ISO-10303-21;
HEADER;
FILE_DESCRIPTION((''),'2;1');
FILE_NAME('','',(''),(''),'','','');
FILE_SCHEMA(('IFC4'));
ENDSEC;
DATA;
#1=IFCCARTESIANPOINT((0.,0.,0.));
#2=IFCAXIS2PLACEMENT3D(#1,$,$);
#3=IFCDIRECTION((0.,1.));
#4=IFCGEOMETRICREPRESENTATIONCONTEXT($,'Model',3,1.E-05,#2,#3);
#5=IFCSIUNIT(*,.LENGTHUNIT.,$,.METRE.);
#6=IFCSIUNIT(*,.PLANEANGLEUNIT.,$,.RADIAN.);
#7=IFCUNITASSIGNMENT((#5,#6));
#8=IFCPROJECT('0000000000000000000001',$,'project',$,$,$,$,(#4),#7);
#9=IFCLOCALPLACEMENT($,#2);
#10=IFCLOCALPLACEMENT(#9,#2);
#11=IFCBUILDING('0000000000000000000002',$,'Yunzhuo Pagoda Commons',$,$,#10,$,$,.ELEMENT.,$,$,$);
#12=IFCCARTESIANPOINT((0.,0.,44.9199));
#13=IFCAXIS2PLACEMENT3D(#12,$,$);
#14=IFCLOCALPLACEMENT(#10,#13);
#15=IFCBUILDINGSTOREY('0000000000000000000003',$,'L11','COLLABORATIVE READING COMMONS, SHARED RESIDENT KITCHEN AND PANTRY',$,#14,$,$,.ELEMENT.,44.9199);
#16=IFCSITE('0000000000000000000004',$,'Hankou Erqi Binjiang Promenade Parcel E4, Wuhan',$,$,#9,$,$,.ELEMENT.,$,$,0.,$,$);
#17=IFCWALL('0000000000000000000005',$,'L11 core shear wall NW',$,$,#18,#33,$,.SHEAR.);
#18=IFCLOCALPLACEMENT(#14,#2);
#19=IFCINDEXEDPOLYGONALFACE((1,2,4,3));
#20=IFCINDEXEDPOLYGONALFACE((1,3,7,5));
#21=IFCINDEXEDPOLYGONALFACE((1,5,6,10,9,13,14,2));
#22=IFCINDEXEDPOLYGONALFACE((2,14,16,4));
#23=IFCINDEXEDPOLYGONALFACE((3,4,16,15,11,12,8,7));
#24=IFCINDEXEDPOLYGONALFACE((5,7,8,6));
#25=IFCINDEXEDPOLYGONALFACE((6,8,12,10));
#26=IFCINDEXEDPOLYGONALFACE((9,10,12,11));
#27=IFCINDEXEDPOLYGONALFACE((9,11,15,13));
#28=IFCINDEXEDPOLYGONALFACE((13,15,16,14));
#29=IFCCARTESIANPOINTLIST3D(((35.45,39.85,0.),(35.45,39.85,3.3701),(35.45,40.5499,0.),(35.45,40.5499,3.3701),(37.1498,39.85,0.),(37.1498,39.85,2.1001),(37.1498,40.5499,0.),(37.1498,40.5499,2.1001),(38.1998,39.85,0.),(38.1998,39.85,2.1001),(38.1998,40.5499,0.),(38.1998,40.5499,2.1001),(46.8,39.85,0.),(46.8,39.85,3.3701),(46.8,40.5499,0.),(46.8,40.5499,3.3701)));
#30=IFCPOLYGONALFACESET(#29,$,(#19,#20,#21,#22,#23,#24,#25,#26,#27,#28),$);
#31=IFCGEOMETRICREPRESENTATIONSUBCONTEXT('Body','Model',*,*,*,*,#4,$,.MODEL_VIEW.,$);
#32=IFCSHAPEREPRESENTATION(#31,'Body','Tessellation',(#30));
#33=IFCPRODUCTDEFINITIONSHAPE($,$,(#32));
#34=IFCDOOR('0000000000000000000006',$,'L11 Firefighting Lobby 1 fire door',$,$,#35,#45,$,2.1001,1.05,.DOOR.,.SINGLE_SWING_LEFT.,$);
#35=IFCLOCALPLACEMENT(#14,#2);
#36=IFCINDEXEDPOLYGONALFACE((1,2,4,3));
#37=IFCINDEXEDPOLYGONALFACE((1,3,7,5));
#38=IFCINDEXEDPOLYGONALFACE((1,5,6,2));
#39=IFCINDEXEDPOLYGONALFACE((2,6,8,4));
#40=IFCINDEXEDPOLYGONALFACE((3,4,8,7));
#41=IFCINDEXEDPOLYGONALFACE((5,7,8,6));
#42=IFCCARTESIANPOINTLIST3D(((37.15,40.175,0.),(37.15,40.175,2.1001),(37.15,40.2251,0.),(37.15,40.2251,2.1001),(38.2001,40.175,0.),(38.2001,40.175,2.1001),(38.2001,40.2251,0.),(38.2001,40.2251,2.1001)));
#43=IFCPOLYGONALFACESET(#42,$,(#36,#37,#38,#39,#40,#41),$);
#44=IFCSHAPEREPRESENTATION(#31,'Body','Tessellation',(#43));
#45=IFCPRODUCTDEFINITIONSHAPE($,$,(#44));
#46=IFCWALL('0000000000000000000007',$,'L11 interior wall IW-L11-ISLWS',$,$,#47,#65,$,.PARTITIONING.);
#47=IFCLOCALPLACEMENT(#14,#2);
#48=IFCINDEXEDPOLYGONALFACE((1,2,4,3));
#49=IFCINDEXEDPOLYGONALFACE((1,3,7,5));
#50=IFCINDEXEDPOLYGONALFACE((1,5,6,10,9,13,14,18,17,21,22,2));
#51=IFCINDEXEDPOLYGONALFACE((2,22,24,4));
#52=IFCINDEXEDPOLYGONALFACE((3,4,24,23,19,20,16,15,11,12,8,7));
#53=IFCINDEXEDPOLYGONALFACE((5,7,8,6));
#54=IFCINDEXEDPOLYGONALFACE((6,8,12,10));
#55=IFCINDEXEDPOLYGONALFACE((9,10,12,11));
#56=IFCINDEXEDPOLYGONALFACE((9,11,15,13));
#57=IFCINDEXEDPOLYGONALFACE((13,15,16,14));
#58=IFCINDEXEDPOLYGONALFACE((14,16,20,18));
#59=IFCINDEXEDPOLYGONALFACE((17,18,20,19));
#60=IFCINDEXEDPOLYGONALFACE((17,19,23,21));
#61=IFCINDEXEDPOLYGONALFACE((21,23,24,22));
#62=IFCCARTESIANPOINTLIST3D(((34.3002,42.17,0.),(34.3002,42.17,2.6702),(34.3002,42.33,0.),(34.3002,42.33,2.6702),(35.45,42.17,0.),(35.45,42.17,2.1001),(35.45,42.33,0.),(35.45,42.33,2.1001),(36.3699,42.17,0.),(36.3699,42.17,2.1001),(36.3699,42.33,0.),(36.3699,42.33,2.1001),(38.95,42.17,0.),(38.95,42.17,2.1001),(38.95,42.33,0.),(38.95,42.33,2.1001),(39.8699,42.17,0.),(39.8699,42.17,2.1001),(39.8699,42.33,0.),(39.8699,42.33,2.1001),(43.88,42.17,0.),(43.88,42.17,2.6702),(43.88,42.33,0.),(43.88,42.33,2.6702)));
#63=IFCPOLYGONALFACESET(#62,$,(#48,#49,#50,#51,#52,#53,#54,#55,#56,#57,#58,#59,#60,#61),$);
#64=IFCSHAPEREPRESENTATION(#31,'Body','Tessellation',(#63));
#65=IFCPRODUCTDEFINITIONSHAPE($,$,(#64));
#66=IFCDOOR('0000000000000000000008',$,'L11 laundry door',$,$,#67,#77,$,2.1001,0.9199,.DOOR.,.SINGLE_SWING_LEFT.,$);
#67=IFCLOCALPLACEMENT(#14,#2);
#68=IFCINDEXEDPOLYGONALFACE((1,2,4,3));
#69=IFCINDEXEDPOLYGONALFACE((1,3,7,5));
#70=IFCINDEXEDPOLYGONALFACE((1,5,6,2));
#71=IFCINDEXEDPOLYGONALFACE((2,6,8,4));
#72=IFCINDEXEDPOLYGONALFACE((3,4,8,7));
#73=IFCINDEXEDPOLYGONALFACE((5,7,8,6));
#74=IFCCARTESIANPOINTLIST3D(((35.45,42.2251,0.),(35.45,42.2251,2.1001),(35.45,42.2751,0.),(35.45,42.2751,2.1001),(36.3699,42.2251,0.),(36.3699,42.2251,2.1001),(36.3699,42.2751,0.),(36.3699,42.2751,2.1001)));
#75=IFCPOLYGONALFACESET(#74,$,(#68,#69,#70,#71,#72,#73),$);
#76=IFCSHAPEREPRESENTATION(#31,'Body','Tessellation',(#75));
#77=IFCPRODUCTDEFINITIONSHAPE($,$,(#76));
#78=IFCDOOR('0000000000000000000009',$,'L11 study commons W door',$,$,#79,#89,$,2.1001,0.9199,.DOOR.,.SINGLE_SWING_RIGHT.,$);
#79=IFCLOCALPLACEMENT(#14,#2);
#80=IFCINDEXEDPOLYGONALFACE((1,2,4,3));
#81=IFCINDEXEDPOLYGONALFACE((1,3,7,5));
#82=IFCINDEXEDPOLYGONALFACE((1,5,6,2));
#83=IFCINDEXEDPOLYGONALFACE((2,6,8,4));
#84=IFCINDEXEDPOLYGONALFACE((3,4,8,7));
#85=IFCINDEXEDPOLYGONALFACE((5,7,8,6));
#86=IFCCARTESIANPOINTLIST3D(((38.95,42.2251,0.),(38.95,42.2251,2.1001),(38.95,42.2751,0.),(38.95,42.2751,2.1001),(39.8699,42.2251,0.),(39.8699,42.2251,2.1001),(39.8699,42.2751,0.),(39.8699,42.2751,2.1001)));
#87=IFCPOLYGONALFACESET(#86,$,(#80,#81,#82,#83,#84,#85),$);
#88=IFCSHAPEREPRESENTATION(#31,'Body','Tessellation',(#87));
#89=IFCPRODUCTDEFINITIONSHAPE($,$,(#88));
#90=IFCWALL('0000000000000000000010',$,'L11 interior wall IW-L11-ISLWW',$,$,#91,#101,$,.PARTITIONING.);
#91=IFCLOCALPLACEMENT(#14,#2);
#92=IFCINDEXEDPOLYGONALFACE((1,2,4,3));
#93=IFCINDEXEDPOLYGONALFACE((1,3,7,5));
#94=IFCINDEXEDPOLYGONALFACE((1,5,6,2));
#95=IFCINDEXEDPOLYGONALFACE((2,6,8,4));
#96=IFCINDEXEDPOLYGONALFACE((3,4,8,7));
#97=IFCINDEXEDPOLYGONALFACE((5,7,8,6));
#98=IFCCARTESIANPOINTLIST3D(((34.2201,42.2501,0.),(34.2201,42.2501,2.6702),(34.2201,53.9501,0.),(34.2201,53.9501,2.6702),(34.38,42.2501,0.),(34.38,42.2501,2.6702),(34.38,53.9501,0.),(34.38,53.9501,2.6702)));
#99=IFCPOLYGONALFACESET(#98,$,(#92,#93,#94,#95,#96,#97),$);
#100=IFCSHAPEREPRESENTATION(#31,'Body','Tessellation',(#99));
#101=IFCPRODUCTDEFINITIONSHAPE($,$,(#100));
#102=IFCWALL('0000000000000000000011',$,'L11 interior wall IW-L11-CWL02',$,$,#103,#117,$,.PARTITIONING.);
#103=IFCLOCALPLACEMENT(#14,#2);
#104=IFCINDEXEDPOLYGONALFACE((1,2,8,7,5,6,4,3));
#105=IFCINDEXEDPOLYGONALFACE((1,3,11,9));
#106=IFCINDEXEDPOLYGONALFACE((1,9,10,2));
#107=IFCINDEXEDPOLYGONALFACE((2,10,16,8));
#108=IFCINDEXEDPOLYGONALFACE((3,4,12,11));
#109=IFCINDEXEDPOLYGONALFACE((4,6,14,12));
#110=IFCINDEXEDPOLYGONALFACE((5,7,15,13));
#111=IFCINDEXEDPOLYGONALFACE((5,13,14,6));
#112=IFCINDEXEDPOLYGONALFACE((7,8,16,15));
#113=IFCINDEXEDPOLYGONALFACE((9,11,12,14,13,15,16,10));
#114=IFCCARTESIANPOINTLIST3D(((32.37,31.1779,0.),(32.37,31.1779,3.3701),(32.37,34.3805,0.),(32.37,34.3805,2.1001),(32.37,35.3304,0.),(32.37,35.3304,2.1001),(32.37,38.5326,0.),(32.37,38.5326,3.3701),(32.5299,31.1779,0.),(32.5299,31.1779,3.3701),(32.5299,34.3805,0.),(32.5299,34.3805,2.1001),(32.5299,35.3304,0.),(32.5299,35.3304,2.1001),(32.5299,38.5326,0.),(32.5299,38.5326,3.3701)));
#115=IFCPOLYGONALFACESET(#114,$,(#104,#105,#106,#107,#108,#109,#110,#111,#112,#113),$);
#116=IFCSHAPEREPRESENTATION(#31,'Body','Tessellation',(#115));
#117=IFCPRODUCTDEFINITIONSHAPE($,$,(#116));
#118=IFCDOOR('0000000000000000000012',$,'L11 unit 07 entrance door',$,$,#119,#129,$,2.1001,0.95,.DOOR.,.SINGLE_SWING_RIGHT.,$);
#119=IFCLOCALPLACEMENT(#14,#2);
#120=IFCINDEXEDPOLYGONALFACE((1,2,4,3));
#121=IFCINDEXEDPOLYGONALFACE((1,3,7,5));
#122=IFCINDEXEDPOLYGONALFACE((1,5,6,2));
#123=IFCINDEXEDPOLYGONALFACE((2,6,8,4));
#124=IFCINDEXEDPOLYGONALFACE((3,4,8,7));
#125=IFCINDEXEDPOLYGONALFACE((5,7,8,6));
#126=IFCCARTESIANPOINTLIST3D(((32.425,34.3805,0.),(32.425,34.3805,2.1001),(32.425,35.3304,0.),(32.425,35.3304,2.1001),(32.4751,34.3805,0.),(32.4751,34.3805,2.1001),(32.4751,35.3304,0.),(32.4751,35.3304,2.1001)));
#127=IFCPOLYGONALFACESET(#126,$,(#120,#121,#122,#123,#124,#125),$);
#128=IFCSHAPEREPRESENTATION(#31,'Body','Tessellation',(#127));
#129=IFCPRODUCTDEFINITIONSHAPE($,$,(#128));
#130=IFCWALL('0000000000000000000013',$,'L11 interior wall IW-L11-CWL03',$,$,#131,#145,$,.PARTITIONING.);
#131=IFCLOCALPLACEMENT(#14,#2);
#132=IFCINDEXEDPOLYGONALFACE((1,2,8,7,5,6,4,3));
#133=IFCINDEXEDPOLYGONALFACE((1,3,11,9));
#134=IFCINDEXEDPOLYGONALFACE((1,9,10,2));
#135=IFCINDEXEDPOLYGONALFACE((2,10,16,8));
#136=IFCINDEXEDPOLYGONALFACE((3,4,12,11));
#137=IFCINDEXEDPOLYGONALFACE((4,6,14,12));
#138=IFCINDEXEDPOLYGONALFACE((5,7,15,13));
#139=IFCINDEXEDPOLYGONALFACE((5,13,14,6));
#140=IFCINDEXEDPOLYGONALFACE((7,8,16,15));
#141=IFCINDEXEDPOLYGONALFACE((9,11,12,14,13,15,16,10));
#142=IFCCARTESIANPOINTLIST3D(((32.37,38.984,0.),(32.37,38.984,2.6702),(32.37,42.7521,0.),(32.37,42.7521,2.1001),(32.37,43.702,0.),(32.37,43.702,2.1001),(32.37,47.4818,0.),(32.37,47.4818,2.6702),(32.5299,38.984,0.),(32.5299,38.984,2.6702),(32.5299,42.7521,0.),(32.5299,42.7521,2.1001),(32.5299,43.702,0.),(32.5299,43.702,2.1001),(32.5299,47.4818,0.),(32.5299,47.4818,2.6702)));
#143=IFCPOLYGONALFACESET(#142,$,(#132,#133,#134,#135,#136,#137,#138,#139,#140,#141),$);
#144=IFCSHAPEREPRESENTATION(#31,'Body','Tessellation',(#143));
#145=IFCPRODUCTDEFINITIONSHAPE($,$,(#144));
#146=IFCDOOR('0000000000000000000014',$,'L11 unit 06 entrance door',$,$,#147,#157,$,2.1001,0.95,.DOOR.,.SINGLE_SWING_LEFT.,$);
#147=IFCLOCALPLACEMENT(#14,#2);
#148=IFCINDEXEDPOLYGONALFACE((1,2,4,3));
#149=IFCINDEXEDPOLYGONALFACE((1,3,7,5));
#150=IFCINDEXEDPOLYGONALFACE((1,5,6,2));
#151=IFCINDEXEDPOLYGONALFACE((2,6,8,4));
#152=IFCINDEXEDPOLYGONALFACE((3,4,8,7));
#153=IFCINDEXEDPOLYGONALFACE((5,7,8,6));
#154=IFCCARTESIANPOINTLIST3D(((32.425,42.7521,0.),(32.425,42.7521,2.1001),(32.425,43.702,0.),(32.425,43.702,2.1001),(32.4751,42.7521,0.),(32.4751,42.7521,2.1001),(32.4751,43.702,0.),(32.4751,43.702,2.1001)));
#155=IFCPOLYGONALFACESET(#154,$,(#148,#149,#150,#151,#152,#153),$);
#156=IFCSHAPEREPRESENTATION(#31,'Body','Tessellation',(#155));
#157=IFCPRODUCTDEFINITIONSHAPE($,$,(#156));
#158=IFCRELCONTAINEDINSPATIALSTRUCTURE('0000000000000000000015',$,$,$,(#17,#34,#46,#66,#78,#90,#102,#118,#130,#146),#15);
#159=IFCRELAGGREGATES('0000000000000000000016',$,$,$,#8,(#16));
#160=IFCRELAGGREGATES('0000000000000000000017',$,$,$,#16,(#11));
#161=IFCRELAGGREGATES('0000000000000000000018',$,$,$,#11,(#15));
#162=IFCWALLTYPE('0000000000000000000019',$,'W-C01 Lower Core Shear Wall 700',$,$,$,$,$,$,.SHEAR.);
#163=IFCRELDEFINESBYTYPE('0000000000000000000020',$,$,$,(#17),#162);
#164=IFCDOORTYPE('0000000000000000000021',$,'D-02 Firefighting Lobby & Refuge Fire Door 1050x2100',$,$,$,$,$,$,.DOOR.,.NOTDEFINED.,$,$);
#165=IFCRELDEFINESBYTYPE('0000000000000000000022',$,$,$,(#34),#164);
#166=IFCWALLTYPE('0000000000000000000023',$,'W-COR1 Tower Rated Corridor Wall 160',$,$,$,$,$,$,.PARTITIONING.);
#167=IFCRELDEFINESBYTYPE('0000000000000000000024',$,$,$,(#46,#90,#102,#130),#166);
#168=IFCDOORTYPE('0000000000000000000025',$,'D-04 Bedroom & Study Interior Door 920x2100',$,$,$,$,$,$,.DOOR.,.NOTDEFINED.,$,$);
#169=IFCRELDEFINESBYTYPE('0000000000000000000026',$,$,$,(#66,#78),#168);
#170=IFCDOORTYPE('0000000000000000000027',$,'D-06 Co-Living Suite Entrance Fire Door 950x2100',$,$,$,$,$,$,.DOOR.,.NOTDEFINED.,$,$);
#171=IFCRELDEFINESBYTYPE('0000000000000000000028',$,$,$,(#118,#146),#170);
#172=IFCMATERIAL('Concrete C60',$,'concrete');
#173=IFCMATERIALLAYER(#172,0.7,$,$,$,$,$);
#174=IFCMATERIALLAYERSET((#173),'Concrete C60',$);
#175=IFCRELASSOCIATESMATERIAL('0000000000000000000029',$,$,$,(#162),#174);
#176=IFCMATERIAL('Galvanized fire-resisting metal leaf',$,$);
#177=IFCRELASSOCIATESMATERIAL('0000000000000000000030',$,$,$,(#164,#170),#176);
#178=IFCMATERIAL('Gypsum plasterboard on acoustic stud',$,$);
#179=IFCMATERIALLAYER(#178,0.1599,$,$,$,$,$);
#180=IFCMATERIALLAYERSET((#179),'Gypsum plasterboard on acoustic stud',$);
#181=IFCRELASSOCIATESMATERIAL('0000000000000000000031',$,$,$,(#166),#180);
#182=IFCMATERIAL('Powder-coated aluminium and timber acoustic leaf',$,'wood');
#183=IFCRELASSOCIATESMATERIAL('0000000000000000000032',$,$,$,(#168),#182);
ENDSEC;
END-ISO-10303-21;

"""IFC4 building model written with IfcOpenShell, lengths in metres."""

from ifc_helpers import new_model, si_unit, direction, frame, frame_2d, origin, origin_with_axes, place, context, subcontext, project, spatial, rectangle, extrude, source, transform, mapped, material, layer, layer_set, type_object, element, fill, save


model = new_model("IFC4")

# Units and contexts
model_context = context("Model", 3, precision=1e-05, world=origin(), true_north=direction((0.0, 1.0)))
body_context = subcontext(model_context, "Body", "Model", "MODEL_VIEW")
ifc_project = project(units=[si_unit("LENGTHUNIT", "METRE"), si_unit("PLANEANGLEUNIT", "RADIAN")], contexts=[model_context])

# Site, building, storey
site_placement = place(None, origin())
site = spatial("IfcSite", under=ifc_project, at=site_placement, Name="Hankou Erqi Binjiang Promenade Parcel E4, Wuhan", CompositionType="ELEMENT", RefElevation=0.0)
building_placement = place(site_placement, origin())
building = spatial("IfcBuilding", under=site, at=building_placement, Name="Yunzhuo Pagoda Commons", CompositionType="ELEMENT")
storey_placement = place(building_placement, frame((0.0, 0.0, 44.9199)))
storey = spatial("IfcBuildingStorey", under=building, at=storey_placement, Name="L11", Description="COLLABORATIVE READING COMMONS, SHARED RESIDENT KITCHEN AND PANTRY", CompositionType="ELEMENT", Elevation=44.9199)

# Wall, opening, door
ifc_material_1 = material(Name="Concrete C60", Category="concrete")
ifc_layer_1 = layer(ifc_material_1, 0.7)
ifc_layer_set_1 = layer_set([ifc_layer_1], Name="Concrete C60")
wall_type_1 = type_object("IfcWallType", Name="W-C01 Lower Core Shear Wall 700", PredefinedType="SHEAR", material=ifc_layer_set_1)
wall_1_placement = place(storey_placement, frame((35.45, 40.2, 0.0), z_axis=(0.0, 0.0, 1.0), x_axis=(1.0, 0.0, 0.0)))
wall_1 = element("IfcWall", 1, at=wall_1_placement, inside=storey, type_object=wall_type_1, Name="L11 core shear wall NW", PredefinedType="SHEAR", context=body_context, shape_type="SweptSolid", body=[
    extrude(rectangle(XDim=11.3501, YDim=0.7, at=frame_2d((5.675, 0.0))), origin(), (0.0, 0.0, 1.0), 3.3701),
])
opening_1_placement = place(wall_1_placement, frame((1.7, 0.0, 0.0)))
opening_1 = element("IfcOpeningElement", 2, at=opening_1_placement, cuts=wall_1, PredefinedType="OPENING", context=body_context, shape_type="SweptSolid", body=[
    extrude(rectangle(XDim=1.05, YDim=2.1001, at=frame_2d((0.5249, 1.05))), frame((0.0, 0.3599, 0.0), z_axis=(0.0, -1.0, 0.0), x_axis=(1.0, 0.0, 0.0)), (0.0, 0.0, 1.0), 0.72),
])
ifc_material_2 = material(Name="Galvanized fire-resisting metal leaf")
door_type_1 = type_object("IfcDoorType", Name="D-02 Firefighting Lobby & Refuge Fire Door 1050x2100", OperationType="NOTDEFINED", PredefinedType="DOOR", material=ifc_material_2)
shared_shape_1 = source(origin(), body_context, "Body", "SweptSolid", [
    extrude(rectangle(XDim=1.05, YDim=2.1001, at=frame_2d((0.5249, 1.05))), frame((0.0, 0.0249, 0.0), z_axis=(0.0, -1.0, 0.0), x_axis=(1.0, 0.0, 0.0)), (0.0, 0.0, 1.0), 0.05),
])
door_1_placement = place(opening_1_placement, frame((1.05, 0.0, 0.0), z_axis=(0.0, 0.0, 1.0), x_axis=(-1.0, 0.0, 0.0)))
door_1 = element("IfcDoor", 3, at=door_1_placement, inside=storey, type_object=door_type_1, Name="L11 Firefighting Lobby 1 fire door", OperationType="SINGLE_SWING_LEFT", OverallHeight=2.1001, OverallWidth=1.05, PredefinedType="DOOR", context=body_context, shape_type="MappedRepresentation", body=[
    mapped(shared_shape_1, transform((0.0, 0.0, 0.0), scale=1.0)),
])
fill(opening_1, door_1)

# Wall, openings, doors
ifc_material_3 = material(Name="Gypsum plasterboard on acoustic stud")
ifc_layer_2 = layer(ifc_material_3, 0.1599)
ifc_layer_set_2 = layer_set([ifc_layer_2], Name="Gypsum plasterboard on acoustic stud")
wall_type_2 = type_object("IfcWallType", Name="W-COR1 Tower Rated Corridor Wall 160", PredefinedType="PARTITIONING", material=ifc_layer_set_2)
wall_2_placement = place(storey_placement, frame((34.3, 42.25, 0.0), z_axis=(0.0, 0.0, 1.0), x_axis=(1.0, 0.0, 0.0)))
wall_2 = element("IfcWall", 4, at=wall_2_placement, inside=storey, type_object=wall_type_2, Name="L11 interior wall IW-L11-ISLWS", PredefinedType="PARTITIONING", context=body_context, shape_type="SweptSolid", body=[
    extrude(rectangle(XDim=9.5798, YDim=0.1599, at=frame_2d((4.79, 0.0))), origin(), (0.0, 0.0, 1.0), 2.6702),
])
opening_2_placement = place(wall_2_placement, frame((1.1499, 0.0, 0.0)))
opening_2 = element("IfcOpeningElement", 5, at=opening_2_placement, cuts=wall_2, PredefinedType="OPENING", context=body_context, shape_type="SweptSolid", body=[
    extrude(rectangle(XDim=0.9199, YDim=2.1001, at=frame_2d((0.46, 1.05))), frame((0.0, 0.0898, 0.0), z_axis=(0.0, -1.0, 0.0), x_axis=(1.0, 0.0, 0.0)), (0.0, 0.0, 1.0), 0.1799),
])
opening_3_placement = place(wall_2_placement, frame((4.6499, 0.0, 0.0)))
opening_3 = element("IfcOpeningElement", 6, at=opening_3_placement, cuts=wall_2, PredefinedType="OPENING", context=body_context, shape_type="SweptSolid", body=[
    extrude(rectangle(XDim=0.9199, YDim=2.1001, at=frame_2d((0.46, 1.05))), frame((0.0, 0.0898, 0.0), z_axis=(0.0, -1.0, 0.0), x_axis=(1.0, 0.0, 0.0)), (0.0, 0.0, 1.0), 0.1799),
])
ifc_material_4 = material(Name="Powder-coated aluminium and timber acoustic leaf", Category="wood")
door_type_2 = type_object("IfcDoorType", Name="D-04 Bedroom & Study Interior Door 920x2100", OperationType="NOTDEFINED", PredefinedType="DOOR", material=ifc_material_4)
shared_shape_2 = source(origin(), body_context, "Body", "SweptSolid", [
    extrude(rectangle(XDim=0.9199, YDim=2.1001, at=frame_2d((0.46, 1.05))), frame((0.0, 0.0249, 0.0), z_axis=(0.0, -1.0, 0.0), x_axis=(1.0, 0.0, 0.0)), (0.0, 0.0, 1.0), 0.05),
])
door_2_placement = place(opening_2_placement, frame((0.9199, 0.0, 0.0), z_axis=(0.0, 0.0, 1.0), x_axis=(-1.0, 0.0, 0.0)))
door_2 = element("IfcDoor", 7, at=door_2_placement, inside=storey, type_object=door_type_2, Name="L11 laundry door", OperationType="SINGLE_SWING_LEFT", OverallHeight=2.1001, OverallWidth=0.9199, PredefinedType="DOOR", context=body_context, shape_type="MappedRepresentation", body=[
    mapped(shared_shape_2, transform((0.0, 0.0, 0.0), scale=1.0)),
])
fill(opening_2, door_2)
door_3_placement = place(opening_3_placement, frame((0.9199, 0.0, 0.0), z_axis=(0.0, 0.0, 1.0), x_axis=(-1.0, 0.0, 0.0)))
door_3 = element("IfcDoor", 8, at=door_3_placement, inside=storey, type_object=door_type_2, Name="L11 study commons W door", OperationType="SINGLE_SWING_RIGHT", OverallHeight=2.1001, OverallWidth=0.9199, PredefinedType="DOOR", context=body_context, shape_type="MappedRepresentation", body=[
    mapped(shared_shape_2, transform((0.0, 0.0, 0.0), scale=1.0)),
])
fill(opening_3, door_3)

# Wall
wall_3_placement = place(storey_placement, frame((34.3, 42.25, 0.0), z_axis=(0.0, 0.0, 1.0), x_axis=(0.0, 1.0, 0.0)))
element("IfcWall", 9, at=wall_3_placement, inside=storey, type_object=wall_type_2, Name="L11 interior wall IW-L11-ISLWW", PredefinedType="PARTITIONING", context=body_context, shape_type="SweptSolid", body=[
    extrude(rectangle(XDim=11.7, YDim=0.1599, at=frame_2d((5.8501, 0.0))), origin(), (0.0, 0.0, 1.0), 2.6702),
])

# Walls, openings, doors
wall_4_placement = place(storey_placement, frame((32.45, 31.178, 0.0), z_axis=(0.0, 0.0, 1.0), x_axis=(0.0, 1.0, 0.0)))
wall_4 = element("IfcWall", 10, at=wall_4_placement, inside=storey, type_object=wall_type_2, Name="L11 interior wall IW-L11-CWL02", PredefinedType="PARTITIONING", context=body_context, shape_type="SweptSolid", body=[
    extrude(rectangle(XDim=7.3547, YDim=0.1599, at=frame_2d((3.6772, 0.0))), origin(), (0.0, 0.0, 1.0), 3.3701),
])
opening_4_placement = place(wall_4_placement, frame((3.2024, 0.0, 0.0)))
opening_4 = element("IfcOpeningElement", 11, at=opening_4_placement, cuts=wall_4, PredefinedType="OPENING", context=body_context, shape_type="SweptSolid", body=[
    extrude(rectangle(XDim=0.95, YDim=2.1001, at=frame_2d((0.4751, 1.05))), frame((0.0, 0.0898, 0.0), z_axis=(0.0, -1.0, 0.0), x_axis=(1.0, 0.0, 0.0)), (0.0, 0.0, 1.0), 0.1799),
])
door_type_3 = type_object("IfcDoorType", Name="D-06 Co-Living Suite Entrance Fire Door 950x2100", OperationType="NOTDEFINED", PredefinedType="DOOR", material=ifc_material_2)
shared_shape_3 = source(origin(), body_context, "Body", "SweptSolid", [
    extrude(rectangle(XDim=0.95, YDim=2.1001, at=frame_2d((0.4751, 1.05))), frame((0.0, 0.0249, 0.0), z_axis=(0.0, -1.0, 0.0), x_axis=(1.0, 0.0, 0.0)), (0.0, 0.0, 1.0), 0.05),
])
door_4_placement = place(opening_4_placement, origin_with_axes())
door_4 = element("IfcDoor", 12, at=door_4_placement, inside=storey, type_object=door_type_3, Name="L11 unit 07 entrance door", OperationType="SINGLE_SWING_RIGHT", OverallHeight=2.1001, OverallWidth=0.95, PredefinedType="DOOR", context=body_context, shape_type="MappedRepresentation", body=[
    mapped(shared_shape_3, transform((0.0, 0.0, 0.0), scale=1.0)),
])
fill(opening_4, door_4)
wall_5_placement = place(storey_placement, frame((32.45, 38.9839, 0.0), z_axis=(0.0, 0.0, 1.0), x_axis=(0.0, 1.0, 0.0)))
wall_5 = element("IfcWall", 13, at=wall_5_placement, inside=storey, type_object=wall_type_2, Name="L11 interior wall IW-L11-CWL03", PredefinedType="PARTITIONING", context=body_context, shape_type="SweptSolid", body=[
    extrude(rectangle(XDim=8.4978, YDim=0.1599, at=frame_2d((4.249, 0.0))), origin(), (0.0, 0.0, 1.0), 2.6702),
])
opening_5_placement = place(wall_5_placement, frame((3.7681, 0.0, 0.0)))
opening_5 = element("IfcOpeningElement", 14, at=opening_5_placement, cuts=wall_5, PredefinedType="OPENING", context=body_context, shape_type="SweptSolid", body=[
    extrude(rectangle(XDim=0.95, YDim=2.1001, at=frame_2d((0.4751, 1.05))), frame((0.0, 0.0898, 0.0), z_axis=(0.0, -1.0, 0.0), x_axis=(1.0, 0.0, 0.0)), (0.0, 0.0, 1.0), 0.1799),
])
door_5_placement = place(opening_5_placement, origin_with_axes())
door_5 = element("IfcDoor", 15, at=door_5_placement, inside=storey, type_object=door_type_3, Name="L11 unit 06 entrance door", OperationType="SINGLE_SWING_LEFT", OverallHeight=2.1001, OverallWidth=0.95, PredefinedType="DOOR", context=body_context, shape_type="MappedRepresentation", body=[
    mapped(shared_shape_3, transform((0.0, 0.0, 0.0), scale=1.0)),
])
fill(opening_5, door_5)

save(model, "model.ifc")
